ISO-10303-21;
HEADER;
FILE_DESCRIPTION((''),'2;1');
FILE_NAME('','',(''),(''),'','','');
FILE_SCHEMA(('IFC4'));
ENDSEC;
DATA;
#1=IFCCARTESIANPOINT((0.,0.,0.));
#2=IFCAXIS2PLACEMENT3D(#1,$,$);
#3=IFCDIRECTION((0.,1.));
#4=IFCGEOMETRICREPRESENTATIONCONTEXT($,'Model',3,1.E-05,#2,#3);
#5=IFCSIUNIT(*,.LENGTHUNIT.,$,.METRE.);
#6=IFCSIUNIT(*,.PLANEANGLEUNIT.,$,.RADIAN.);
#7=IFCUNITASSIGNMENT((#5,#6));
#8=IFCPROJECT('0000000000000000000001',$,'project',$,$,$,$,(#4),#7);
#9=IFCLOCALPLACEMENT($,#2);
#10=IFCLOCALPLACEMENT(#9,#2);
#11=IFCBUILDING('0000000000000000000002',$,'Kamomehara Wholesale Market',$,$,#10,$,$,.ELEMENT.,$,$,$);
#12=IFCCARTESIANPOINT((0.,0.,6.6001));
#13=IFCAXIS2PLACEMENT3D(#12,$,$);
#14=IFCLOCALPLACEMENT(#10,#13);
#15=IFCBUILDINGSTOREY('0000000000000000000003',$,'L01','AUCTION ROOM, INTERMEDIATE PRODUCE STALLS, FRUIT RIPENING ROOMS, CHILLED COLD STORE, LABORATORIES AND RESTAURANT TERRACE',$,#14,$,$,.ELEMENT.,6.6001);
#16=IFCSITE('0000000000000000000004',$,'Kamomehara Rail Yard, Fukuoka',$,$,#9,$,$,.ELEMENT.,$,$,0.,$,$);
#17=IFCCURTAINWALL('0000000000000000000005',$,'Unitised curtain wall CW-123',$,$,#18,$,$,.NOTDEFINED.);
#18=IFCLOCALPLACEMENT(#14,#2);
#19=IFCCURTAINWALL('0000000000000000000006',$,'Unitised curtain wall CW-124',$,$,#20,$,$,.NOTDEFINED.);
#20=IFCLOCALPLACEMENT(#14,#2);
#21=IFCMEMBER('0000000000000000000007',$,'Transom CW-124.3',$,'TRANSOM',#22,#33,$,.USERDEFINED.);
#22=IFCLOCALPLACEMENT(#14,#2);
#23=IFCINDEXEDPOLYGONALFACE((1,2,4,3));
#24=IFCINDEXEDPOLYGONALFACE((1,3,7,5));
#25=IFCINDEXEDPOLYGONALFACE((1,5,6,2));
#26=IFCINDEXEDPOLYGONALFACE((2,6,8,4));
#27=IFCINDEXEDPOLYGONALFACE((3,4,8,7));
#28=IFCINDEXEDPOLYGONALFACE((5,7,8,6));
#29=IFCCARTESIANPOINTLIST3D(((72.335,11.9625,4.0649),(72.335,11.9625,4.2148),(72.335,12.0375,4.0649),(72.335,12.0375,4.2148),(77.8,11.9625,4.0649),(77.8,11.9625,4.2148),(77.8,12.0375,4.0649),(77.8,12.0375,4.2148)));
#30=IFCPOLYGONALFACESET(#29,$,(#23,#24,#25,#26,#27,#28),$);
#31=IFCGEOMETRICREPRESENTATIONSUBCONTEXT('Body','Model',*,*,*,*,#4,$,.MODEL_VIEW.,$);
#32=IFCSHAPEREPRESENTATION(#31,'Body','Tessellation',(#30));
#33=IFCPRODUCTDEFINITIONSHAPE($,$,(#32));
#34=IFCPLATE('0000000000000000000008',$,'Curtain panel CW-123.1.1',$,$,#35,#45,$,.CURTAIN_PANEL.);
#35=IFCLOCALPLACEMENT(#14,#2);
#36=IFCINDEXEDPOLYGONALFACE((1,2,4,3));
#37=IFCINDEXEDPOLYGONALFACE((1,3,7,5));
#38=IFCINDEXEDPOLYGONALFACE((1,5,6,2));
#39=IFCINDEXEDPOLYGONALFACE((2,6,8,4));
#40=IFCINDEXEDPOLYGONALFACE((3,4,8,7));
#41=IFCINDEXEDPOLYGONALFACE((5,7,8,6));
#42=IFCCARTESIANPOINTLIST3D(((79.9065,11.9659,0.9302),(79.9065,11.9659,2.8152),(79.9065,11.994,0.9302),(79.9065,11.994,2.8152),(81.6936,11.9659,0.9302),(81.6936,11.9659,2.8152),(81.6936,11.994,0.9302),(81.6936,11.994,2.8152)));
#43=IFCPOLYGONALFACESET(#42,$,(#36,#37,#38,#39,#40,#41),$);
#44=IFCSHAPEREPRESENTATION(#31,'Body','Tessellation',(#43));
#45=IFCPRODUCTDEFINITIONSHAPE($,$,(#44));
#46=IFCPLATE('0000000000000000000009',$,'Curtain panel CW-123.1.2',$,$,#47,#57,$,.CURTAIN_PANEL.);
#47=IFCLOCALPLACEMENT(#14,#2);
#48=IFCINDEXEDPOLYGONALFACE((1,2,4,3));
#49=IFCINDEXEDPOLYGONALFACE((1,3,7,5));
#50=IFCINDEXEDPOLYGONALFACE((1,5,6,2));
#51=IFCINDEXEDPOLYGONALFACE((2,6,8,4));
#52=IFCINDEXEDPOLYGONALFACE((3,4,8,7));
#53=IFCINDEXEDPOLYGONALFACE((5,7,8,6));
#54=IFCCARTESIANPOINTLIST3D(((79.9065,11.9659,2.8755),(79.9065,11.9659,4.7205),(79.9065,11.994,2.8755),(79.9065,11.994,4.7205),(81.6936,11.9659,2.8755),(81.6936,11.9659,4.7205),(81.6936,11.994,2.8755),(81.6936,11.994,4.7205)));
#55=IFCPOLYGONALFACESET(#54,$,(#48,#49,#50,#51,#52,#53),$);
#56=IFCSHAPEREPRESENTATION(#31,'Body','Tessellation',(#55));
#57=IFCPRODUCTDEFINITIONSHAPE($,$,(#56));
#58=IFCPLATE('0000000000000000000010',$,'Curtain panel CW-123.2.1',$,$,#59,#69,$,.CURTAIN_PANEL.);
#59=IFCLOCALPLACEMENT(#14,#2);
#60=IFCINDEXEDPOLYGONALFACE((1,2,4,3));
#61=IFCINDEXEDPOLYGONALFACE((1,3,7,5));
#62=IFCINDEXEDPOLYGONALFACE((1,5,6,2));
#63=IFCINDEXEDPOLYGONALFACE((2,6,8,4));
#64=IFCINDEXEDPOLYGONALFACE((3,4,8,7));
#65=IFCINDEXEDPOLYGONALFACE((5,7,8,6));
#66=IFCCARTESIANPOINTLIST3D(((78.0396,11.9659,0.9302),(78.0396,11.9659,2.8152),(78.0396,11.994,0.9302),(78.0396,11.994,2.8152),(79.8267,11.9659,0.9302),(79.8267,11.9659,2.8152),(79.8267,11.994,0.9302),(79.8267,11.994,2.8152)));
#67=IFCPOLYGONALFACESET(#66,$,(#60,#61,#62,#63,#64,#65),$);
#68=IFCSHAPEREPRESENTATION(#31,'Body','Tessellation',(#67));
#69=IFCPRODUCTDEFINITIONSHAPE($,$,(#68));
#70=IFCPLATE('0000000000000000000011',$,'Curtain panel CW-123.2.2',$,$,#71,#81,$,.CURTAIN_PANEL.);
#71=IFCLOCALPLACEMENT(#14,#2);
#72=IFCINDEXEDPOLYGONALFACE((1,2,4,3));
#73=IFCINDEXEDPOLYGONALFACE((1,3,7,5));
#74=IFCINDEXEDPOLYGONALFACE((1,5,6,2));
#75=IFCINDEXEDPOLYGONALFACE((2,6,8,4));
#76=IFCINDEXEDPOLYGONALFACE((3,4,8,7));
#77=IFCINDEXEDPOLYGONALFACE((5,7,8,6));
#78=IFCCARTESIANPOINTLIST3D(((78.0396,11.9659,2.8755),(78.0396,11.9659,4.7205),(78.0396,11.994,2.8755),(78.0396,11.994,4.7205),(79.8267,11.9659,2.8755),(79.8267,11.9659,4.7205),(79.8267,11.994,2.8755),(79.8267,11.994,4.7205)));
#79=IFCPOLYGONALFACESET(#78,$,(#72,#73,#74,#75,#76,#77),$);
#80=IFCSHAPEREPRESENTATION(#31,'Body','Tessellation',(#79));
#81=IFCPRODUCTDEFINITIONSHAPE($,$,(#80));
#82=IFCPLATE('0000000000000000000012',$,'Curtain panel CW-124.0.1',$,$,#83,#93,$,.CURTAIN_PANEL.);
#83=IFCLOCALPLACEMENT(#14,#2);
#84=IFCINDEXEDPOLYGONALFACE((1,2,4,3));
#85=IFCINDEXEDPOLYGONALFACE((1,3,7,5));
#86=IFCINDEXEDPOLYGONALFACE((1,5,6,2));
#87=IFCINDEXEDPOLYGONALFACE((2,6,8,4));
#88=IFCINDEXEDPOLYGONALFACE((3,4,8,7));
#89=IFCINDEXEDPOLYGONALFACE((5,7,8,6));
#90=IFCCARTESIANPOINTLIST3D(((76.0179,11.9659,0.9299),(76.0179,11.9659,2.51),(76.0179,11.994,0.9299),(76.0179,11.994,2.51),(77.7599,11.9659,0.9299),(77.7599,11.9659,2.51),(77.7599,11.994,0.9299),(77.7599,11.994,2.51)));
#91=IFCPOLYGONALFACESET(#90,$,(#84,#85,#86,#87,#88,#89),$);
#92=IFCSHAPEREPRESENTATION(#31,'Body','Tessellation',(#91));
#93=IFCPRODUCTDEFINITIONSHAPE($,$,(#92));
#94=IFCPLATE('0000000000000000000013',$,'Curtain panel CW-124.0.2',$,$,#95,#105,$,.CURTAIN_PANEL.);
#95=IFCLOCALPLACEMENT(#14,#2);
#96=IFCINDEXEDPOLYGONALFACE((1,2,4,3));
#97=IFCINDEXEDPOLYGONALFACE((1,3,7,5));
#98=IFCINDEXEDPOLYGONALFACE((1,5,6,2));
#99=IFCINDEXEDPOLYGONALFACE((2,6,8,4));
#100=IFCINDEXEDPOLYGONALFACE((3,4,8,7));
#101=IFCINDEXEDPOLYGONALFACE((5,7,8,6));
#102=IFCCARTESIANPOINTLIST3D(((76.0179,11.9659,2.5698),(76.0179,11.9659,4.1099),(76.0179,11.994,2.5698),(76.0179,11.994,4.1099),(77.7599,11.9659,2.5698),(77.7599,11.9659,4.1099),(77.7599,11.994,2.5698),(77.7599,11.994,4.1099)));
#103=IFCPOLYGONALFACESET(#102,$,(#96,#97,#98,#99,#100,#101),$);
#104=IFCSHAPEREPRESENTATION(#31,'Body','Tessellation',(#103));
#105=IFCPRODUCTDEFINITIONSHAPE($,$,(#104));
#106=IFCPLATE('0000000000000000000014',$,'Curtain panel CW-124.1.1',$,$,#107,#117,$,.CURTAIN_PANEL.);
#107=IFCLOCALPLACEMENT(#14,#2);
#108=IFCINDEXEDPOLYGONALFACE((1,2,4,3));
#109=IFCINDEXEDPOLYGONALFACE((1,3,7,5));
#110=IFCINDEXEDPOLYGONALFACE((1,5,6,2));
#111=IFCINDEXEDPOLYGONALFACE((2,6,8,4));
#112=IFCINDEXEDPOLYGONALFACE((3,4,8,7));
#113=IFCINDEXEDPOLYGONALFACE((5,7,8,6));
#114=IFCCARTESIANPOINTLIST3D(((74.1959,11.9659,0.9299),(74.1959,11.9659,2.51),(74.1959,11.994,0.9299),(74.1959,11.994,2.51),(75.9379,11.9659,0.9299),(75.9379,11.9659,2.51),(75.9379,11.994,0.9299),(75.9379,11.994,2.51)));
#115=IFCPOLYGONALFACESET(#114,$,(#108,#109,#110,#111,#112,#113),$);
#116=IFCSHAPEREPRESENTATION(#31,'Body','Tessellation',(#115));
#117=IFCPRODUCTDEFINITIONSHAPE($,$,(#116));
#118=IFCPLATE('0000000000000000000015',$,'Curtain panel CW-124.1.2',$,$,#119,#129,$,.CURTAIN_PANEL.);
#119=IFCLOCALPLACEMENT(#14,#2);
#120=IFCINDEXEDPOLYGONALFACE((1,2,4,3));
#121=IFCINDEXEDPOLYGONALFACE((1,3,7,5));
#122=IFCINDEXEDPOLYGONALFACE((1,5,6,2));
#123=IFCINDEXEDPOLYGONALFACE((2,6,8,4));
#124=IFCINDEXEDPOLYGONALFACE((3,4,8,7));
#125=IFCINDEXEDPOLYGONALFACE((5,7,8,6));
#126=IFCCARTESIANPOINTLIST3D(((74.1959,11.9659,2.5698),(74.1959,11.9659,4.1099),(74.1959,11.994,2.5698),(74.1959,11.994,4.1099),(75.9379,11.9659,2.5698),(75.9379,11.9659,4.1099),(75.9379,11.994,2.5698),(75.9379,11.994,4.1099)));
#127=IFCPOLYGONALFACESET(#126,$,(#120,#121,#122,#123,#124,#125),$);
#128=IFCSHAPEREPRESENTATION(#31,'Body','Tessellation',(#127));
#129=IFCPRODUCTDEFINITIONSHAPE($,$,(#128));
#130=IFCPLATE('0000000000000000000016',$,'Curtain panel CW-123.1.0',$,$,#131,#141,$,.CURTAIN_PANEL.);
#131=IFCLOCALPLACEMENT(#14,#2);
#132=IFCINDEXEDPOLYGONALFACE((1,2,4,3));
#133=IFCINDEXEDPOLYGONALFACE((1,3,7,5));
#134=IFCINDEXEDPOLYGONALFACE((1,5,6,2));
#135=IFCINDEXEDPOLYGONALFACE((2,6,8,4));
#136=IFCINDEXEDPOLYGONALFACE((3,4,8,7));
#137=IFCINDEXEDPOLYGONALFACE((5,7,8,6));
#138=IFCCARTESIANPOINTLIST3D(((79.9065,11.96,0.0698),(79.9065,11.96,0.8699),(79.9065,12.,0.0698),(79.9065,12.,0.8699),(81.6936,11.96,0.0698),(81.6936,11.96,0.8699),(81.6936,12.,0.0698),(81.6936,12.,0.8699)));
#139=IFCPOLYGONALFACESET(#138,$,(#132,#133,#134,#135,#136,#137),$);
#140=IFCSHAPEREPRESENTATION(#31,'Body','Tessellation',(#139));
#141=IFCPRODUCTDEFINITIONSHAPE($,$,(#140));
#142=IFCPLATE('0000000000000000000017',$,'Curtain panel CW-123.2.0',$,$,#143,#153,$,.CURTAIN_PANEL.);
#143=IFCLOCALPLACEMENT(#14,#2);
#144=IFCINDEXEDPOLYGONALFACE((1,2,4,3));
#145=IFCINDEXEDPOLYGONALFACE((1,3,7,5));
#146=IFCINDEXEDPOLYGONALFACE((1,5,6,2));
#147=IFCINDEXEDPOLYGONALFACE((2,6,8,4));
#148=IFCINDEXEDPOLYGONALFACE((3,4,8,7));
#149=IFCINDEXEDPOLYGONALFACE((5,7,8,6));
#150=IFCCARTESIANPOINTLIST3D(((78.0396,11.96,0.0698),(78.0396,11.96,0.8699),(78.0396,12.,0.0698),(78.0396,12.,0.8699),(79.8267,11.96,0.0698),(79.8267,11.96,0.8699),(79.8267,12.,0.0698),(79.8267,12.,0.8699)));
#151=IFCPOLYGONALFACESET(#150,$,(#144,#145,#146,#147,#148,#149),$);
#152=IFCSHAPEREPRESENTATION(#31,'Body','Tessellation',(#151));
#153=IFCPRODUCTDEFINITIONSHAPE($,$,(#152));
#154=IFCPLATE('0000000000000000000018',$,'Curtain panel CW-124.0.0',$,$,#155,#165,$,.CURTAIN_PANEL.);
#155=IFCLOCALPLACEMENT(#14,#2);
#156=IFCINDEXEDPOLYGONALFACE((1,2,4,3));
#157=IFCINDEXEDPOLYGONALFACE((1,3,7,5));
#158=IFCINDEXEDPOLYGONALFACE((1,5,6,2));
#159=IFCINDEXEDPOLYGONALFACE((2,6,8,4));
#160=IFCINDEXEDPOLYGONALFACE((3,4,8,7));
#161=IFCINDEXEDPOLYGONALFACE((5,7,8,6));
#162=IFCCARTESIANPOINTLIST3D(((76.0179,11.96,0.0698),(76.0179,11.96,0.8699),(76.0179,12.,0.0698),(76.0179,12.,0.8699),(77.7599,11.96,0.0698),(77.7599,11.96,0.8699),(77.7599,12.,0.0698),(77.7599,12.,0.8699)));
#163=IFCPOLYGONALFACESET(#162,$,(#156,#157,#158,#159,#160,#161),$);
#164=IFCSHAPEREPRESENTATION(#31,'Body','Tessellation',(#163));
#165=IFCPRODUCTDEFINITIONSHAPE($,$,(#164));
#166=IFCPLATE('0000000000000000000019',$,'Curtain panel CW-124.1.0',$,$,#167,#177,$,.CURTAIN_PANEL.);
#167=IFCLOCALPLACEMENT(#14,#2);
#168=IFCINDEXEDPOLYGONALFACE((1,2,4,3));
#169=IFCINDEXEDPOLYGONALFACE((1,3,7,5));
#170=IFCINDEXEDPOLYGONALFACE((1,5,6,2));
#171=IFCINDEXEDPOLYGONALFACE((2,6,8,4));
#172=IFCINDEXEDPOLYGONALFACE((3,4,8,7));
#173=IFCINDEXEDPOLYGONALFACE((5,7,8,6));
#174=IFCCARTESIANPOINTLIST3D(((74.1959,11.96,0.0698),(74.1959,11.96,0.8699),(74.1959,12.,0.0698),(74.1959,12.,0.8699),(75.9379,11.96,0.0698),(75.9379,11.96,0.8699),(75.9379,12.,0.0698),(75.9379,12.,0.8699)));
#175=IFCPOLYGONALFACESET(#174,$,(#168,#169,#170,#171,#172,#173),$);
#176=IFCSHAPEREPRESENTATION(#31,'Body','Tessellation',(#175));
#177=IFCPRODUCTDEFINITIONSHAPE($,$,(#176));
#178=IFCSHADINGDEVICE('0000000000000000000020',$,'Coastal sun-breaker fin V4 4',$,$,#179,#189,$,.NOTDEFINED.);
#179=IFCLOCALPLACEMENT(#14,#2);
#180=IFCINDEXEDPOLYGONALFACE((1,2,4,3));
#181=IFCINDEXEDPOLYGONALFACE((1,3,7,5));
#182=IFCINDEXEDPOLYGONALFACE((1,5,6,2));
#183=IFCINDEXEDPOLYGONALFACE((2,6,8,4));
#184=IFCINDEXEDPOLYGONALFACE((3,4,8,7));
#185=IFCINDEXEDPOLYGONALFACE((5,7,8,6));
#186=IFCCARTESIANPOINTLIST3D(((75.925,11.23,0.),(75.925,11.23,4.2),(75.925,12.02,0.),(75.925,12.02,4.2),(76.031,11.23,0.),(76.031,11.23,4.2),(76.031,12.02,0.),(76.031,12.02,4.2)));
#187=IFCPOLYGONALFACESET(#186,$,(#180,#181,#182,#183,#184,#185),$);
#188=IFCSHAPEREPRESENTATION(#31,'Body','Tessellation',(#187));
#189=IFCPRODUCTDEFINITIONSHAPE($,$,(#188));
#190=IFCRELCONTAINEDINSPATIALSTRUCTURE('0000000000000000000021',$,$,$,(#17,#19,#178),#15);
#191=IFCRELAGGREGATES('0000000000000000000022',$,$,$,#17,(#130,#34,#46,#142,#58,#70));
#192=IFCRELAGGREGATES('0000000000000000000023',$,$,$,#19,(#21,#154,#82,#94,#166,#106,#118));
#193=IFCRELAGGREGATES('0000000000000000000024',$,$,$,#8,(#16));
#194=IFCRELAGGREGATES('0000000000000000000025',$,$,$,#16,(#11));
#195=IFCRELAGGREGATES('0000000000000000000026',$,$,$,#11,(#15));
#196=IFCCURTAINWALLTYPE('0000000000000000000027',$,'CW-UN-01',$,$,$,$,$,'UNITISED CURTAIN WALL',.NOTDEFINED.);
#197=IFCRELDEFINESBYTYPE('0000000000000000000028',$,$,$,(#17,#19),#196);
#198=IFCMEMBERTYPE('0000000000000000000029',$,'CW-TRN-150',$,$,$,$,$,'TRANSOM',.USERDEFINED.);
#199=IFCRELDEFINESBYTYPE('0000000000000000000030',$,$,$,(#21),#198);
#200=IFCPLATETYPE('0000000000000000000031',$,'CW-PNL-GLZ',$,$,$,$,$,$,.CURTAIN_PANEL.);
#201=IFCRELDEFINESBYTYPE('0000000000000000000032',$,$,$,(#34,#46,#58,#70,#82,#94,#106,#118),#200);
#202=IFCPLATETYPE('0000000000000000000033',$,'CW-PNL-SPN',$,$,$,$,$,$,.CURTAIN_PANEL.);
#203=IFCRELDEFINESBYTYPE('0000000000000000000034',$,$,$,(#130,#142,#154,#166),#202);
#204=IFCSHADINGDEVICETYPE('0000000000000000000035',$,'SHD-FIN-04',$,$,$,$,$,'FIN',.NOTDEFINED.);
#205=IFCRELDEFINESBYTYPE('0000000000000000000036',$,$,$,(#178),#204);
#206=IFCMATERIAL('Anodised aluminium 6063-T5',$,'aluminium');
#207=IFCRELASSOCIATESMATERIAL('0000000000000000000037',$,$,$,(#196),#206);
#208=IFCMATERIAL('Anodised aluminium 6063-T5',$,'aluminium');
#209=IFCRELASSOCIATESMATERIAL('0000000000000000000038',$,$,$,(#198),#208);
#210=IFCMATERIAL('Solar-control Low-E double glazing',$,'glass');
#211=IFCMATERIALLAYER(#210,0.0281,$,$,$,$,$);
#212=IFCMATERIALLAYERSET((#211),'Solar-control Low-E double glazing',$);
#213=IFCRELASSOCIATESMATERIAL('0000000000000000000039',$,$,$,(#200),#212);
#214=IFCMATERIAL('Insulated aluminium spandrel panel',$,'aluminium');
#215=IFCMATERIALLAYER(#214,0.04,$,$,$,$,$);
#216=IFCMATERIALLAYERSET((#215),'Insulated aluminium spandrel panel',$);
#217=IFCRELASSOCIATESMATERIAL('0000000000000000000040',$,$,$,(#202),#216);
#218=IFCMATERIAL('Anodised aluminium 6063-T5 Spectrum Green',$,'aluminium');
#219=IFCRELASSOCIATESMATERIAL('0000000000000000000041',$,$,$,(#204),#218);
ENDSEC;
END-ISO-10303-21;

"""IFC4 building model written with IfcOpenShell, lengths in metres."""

from ifc_helpers import new_model, si_unit, direction, frame, origin, origin_2d, place, context, subcontext, project, spatial, rectangle, extrude, material, layer, layer_set, material_profile, profile_set, type_object, element, aggregate, save


model = new_model("IFC4")

# Units and contexts
model_context = context("Model", 3, precision=1e-05, world=origin(), true_north=direction((0.0, 1.0)))
body_context = subcontext(model_context, "Body", "Model", "MODEL_VIEW")
ifc_project = project(units=[si_unit("LENGTHUNIT", "METRE"), si_unit("PLANEANGLEUNIT", "RADIAN")], contexts=[model_context])

# Site, building, storey
site_placement = place(None, origin())
site = spatial("IfcSite", under=ifc_project, at=site_placement, Name="Kamomehara Rail Yard, Fukuoka", CompositionType="ELEMENT", RefElevation=0.0)
building_placement = place(site_placement, origin())
building = spatial("IfcBuilding", under=site, at=building_placement, Name="Kamomehara Wholesale Market", CompositionType="ELEMENT")
storey_placement = place(building_placement, frame((0.0, 0.0, 6.6001)))
storey = spatial("IfcBuildingStorey", under=building, at=storey_placement, Name="L01", Description="AUCTION ROOM, INTERMEDIATE PRODUCE STALLS, FRUIT RIPENING ROOMS, CHILLED COLD STORE, LABORATORIES AND RESTAURANT TERRACE", CompositionType="ELEMENT", Elevation=6.6001)

# Curtain walls, member
ifc_material_1 = material(Name="Anodised aluminium 6063-T5", Category="aluminium")
curtain_wall_type = type_object("IfcCurtainWallType", Name="CW-UN-01", ElementType="UNITISED CURTAIN WALL", PredefinedType="NOTDEFINED", material=ifc_material_1)
curtain_wall_1_placement = place(storey_placement, origin())
curtain_wall_1 = element("IfcCurtainWall", 1, at=curtain_wall_1_placement, inside=storey, type_object=curtain_wall_type, Name="Unitised curtain wall CW-123", PredefinedType="NOTDEFINED")
curtain_wall_2_placement = place(storey_placement, origin())
curtain_wall_2 = element("IfcCurtainWall", 2, at=curtain_wall_2_placement, inside=storey, type_object=curtain_wall_type, Name="Unitised curtain wall CW-124", PredefinedType="NOTDEFINED")
ifc_material_2 = material(Name="Anodised aluminium 6063-T5", Category="aluminium")
ifc_material_profile_1 = material_profile(ifc_material_2, rectangle(XDim=0.075, YDim=0.1499, at=origin_2d()), Name="ALU-TRN-75x150")
ifc_profile_set_1 = profile_set([ifc_material_profile_1], Name="Anodised aluminium 6063-T5")
member_type_1 = type_object("IfcMemberType", Name="CW-TRN-150", ElementType="TRANSOM", PredefinedType="USERDEFINED", material=ifc_profile_set_1)
member_1_placement = place(storey_placement, frame((77.8, 12.0, 4.1399), z_axis=(-1.0, 0.0, 0.0), x_axis=(0.0, -1.0, 0.0)))
member_1 = element("IfcMember", 3, at=member_1_placement, type_object=member_type_1, Name="Transom CW-124.3", ObjectType="TRANSOM", PredefinedType="USERDEFINED", context=body_context, shape_type="SweptSolid", body=[
    extrude(rectangle(XDim=0.075, YDim=0.1499, at=origin_2d()), origin(), (0.0, 0.0, 1.0), 5.4651),
])

# Plates
ifc_material_3 = material(Name="Solar-control Low-E double glazing", Category="glass")
ifc_layer_1 = layer(ifc_material_3, 0.0281)
ifc_layer_set_1 = layer_set([ifc_layer_1], Name="Solar-control Low-E double glazing")
plate_type_1 = type_object("IfcPlateType", Name="CW-PNL-GLZ", PredefinedType="CURTAIN_PANEL", material=ifc_layer_set_1)
plate_1_placement = place(storey_placement, frame((80.8, 11.98, 0.9302), z_axis=(0.0, 0.0, 1.0), x_axis=(-1.0, 0.0, 0.0)))
plate_1 = element("IfcPlate", 4, at=plate_1_placement, type_object=plate_type_1, Name="Curtain panel CW-123.1.1", PredefinedType="CURTAIN_PANEL", context=body_context, shape_type="SweptSolid", body=[
    extrude(rectangle(XDim=1.7871, YDim=0.0281, at=origin_2d()), origin(), (0.0, 0.0, 1.0), 1.885),
])
plate_2_placement = place(storey_placement, frame((80.8, 11.98, 2.8755), z_axis=(0.0, 0.0, 1.0), x_axis=(-1.0, 0.0, 0.0)))
plate_2 = element("IfcPlate", 5, at=plate_2_placement, type_object=plate_type_1, Name="Curtain panel CW-123.1.2", PredefinedType="CURTAIN_PANEL", context=body_context, shape_type="SweptSolid", body=[
    extrude(rectangle(XDim=1.7871, YDim=0.0281, at=origin_2d()), origin(), (0.0, 0.0, 1.0), 1.845),
])
plate_3_placement = place(storey_placement, frame((78.9331, 11.98, 0.9302), z_axis=(0.0, 0.0, 1.0), x_axis=(-1.0, 0.0, 0.0)))
plate_3 = element("IfcPlate", 6, at=plate_3_placement, type_object=plate_type_1, Name="Curtain panel CW-123.2.1", PredefinedType="CURTAIN_PANEL", context=body_context, shape_type="SweptSolid", body=[
    extrude(rectangle(XDim=1.7871, YDim=0.0281, at=origin_2d()), origin(), (0.0, 0.0, 1.0), 1.885),
])
plate_4_placement = place(storey_placement, frame((78.9331, 11.98, 2.8755), z_axis=(0.0, 0.0, 1.0), x_axis=(-1.0, 0.0, 0.0)))
plate_4 = element("IfcPlate", 7, at=plate_4_placement, type_object=plate_type_1, Name="Curtain panel CW-123.2.2", PredefinedType="CURTAIN_PANEL", context=body_context, shape_type="SweptSolid", body=[
    extrude(rectangle(XDim=1.7871, YDim=0.0281, at=origin_2d()), origin(), (0.0, 0.0, 1.0), 1.845),
])
plate_5_placement = place(storey_placement, frame((76.8889, 11.98, 0.9299), z_axis=(0.0, 0.0, 1.0), x_axis=(-1.0, 0.0, 0.0)))
plate_5 = element("IfcPlate", 8, at=plate_5_placement, type_object=plate_type_1, Name="Curtain panel CW-124.0.1", PredefinedType="CURTAIN_PANEL", context=body_context, shape_type="SweptSolid", body=[
    extrude(rectangle(XDim=1.7419, YDim=0.0281, at=origin_2d()), origin(), (0.0, 0.0, 1.0), 1.5801),
])
plate_6_placement = place(storey_placement, frame((76.8889, 11.98, 2.5698), z_axis=(0.0, 0.0, 1.0), x_axis=(-1.0, 0.0, 0.0)))
plate_6 = element("IfcPlate", 9, at=plate_6_placement, type_object=plate_type_1, Name="Curtain panel CW-124.0.2", PredefinedType="CURTAIN_PANEL", context=body_context, shape_type="SweptSolid", body=[
    extrude(rectangle(XDim=1.7419, YDim=0.0281, at=origin_2d()), origin(), (0.0, 0.0, 1.0), 1.54),
])
plate_7_placement = place(storey_placement, frame((75.0669, 11.98, 0.9299), z_axis=(0.0, 0.0, 1.0), x_axis=(-1.0, 0.0, 0.0)))
plate_7 = element("IfcPlate", 10, at=plate_7_placement, type_object=plate_type_1, Name="Curtain panel CW-124.1.1", PredefinedType="CURTAIN_PANEL", context=body_context, shape_type="SweptSolid", body=[
    extrude(rectangle(XDim=1.7419, YDim=0.0281, at=origin_2d()), origin(), (0.0, 0.0, 1.0), 1.5801),
])
plate_8_placement = place(storey_placement, frame((75.0669, 11.98, 2.5698), z_axis=(0.0, 0.0, 1.0), x_axis=(-1.0, 0.0, 0.0)))
plate_8 = element("IfcPlate", 11, at=plate_8_placement, type_object=plate_type_1, Name="Curtain panel CW-124.1.2", PredefinedType="CURTAIN_PANEL", context=body_context, shape_type="SweptSolid", body=[
    extrude(rectangle(XDim=1.7419, YDim=0.0281, at=origin_2d()), origin(), (0.0, 0.0, 1.0), 1.54),
])
ifc_material_4 = material(Name="Insulated aluminium spandrel panel", Category="aluminium")
ifc_layer_2 = layer(ifc_material_4, 0.04)
ifc_layer_set_2 = layer_set([ifc_layer_2], Name="Insulated aluminium spandrel panel")
plate_type_2 = type_object("IfcPlateType", Name="CW-PNL-SPN", PredefinedType="CURTAIN_PANEL", material=ifc_layer_set_2)
plate_9_placement = place(storey_placement, frame((80.8, 11.98, 0.0698), z_axis=(0.0, 0.0, 1.0), x_axis=(-1.0, 0.0, 0.0)))
plate_9 = element("IfcPlate", 12, at=plate_9_placement, type_object=plate_type_2, Name="Curtain panel CW-123.1.0", PredefinedType="CURTAIN_PANEL", context=body_context, shape_type="SweptSolid", body=[
    extrude(rectangle(XDim=1.7871, YDim=0.04, at=origin_2d()), origin(), (0.0, 0.0, 1.0), 0.8),
])
plate_10_placement = place(storey_placement, frame((78.9331, 11.98, 0.0698), z_axis=(0.0, 0.0, 1.0), x_axis=(-1.0, 0.0, 0.0)))
plate_10 = element("IfcPlate", 13, at=plate_10_placement, type_object=plate_type_2, Name="Curtain panel CW-123.2.0", PredefinedType="CURTAIN_PANEL", context=body_context, shape_type="SweptSolid", body=[
    extrude(rectangle(XDim=1.7871, YDim=0.04, at=origin_2d()), origin(), (0.0, 0.0, 1.0), 0.8),
])
aggregate(curtain_wall_1, [plate_9, plate_1, plate_2, plate_10, plate_3, plate_4])
plate_11_placement = place(storey_placement, frame((76.8889, 11.98, 0.0698), z_axis=(0.0, 0.0, 1.0), x_axis=(-1.0, 0.0, 0.0)))
plate_11 = element("IfcPlate", 14, at=plate_11_placement, type_object=plate_type_2, Name="Curtain panel CW-124.0.0", PredefinedType="CURTAIN_PANEL", context=body_context, shape_type="SweptSolid", body=[
    extrude(rectangle(XDim=1.7419, YDim=0.04, at=origin_2d()), origin(), (0.0, 0.0, 1.0), 0.8),
])
plate_12_placement = place(storey_placement, frame((75.0669, 11.98, 0.0698), z_axis=(0.0, 0.0, 1.0), x_axis=(-1.0, 0.0, 0.0)))
plate_12 = element("IfcPlate", 15, at=plate_12_placement, type_object=plate_type_2, Name="Curtain panel CW-124.1.0", PredefinedType="CURTAIN_PANEL", context=body_context, shape_type="SweptSolid", body=[
    extrude(rectangle(XDim=1.7419, YDim=0.04, at=origin_2d()), origin(), (0.0, 0.0, 1.0), 0.8),
])
aggregate(curtain_wall_2, [member_1, plate_11, plate_5, plate_6, plate_12, plate_7, plate_8])

# Shading device
ifc_material_5 = material(Name="Anodised aluminium 6063-T5 Spectrum Green", Category="aluminium")
shading_device_type_1 = type_object("IfcShadingDeviceType", Name="SHD-FIN-04", ElementType="FIN", PredefinedType="NOTDEFINED", material=ifc_material_5)
shading_device_1_placement = place(storey_placement, frame((75.978, 11.625, 0.0), z_axis=(0.0, 0.0, 1.0), x_axis=(1.0, 0.0, 0.0)))
element("IfcShadingDevice", 16, at=shading_device_1_placement, inside=storey, type_object=shading_device_type_1, Name="Coastal sun-breaker fin V4 4", PredefinedType="NOTDEFINED", context=body_context, shape_type="SweptSolid", body=[
    extrude(rectangle(XDim=0.106, YDim=0.79, at=origin_2d()), origin(), (0.0, 0.0, 1.0), 4.2),
])

save(model, "model.ifc")
